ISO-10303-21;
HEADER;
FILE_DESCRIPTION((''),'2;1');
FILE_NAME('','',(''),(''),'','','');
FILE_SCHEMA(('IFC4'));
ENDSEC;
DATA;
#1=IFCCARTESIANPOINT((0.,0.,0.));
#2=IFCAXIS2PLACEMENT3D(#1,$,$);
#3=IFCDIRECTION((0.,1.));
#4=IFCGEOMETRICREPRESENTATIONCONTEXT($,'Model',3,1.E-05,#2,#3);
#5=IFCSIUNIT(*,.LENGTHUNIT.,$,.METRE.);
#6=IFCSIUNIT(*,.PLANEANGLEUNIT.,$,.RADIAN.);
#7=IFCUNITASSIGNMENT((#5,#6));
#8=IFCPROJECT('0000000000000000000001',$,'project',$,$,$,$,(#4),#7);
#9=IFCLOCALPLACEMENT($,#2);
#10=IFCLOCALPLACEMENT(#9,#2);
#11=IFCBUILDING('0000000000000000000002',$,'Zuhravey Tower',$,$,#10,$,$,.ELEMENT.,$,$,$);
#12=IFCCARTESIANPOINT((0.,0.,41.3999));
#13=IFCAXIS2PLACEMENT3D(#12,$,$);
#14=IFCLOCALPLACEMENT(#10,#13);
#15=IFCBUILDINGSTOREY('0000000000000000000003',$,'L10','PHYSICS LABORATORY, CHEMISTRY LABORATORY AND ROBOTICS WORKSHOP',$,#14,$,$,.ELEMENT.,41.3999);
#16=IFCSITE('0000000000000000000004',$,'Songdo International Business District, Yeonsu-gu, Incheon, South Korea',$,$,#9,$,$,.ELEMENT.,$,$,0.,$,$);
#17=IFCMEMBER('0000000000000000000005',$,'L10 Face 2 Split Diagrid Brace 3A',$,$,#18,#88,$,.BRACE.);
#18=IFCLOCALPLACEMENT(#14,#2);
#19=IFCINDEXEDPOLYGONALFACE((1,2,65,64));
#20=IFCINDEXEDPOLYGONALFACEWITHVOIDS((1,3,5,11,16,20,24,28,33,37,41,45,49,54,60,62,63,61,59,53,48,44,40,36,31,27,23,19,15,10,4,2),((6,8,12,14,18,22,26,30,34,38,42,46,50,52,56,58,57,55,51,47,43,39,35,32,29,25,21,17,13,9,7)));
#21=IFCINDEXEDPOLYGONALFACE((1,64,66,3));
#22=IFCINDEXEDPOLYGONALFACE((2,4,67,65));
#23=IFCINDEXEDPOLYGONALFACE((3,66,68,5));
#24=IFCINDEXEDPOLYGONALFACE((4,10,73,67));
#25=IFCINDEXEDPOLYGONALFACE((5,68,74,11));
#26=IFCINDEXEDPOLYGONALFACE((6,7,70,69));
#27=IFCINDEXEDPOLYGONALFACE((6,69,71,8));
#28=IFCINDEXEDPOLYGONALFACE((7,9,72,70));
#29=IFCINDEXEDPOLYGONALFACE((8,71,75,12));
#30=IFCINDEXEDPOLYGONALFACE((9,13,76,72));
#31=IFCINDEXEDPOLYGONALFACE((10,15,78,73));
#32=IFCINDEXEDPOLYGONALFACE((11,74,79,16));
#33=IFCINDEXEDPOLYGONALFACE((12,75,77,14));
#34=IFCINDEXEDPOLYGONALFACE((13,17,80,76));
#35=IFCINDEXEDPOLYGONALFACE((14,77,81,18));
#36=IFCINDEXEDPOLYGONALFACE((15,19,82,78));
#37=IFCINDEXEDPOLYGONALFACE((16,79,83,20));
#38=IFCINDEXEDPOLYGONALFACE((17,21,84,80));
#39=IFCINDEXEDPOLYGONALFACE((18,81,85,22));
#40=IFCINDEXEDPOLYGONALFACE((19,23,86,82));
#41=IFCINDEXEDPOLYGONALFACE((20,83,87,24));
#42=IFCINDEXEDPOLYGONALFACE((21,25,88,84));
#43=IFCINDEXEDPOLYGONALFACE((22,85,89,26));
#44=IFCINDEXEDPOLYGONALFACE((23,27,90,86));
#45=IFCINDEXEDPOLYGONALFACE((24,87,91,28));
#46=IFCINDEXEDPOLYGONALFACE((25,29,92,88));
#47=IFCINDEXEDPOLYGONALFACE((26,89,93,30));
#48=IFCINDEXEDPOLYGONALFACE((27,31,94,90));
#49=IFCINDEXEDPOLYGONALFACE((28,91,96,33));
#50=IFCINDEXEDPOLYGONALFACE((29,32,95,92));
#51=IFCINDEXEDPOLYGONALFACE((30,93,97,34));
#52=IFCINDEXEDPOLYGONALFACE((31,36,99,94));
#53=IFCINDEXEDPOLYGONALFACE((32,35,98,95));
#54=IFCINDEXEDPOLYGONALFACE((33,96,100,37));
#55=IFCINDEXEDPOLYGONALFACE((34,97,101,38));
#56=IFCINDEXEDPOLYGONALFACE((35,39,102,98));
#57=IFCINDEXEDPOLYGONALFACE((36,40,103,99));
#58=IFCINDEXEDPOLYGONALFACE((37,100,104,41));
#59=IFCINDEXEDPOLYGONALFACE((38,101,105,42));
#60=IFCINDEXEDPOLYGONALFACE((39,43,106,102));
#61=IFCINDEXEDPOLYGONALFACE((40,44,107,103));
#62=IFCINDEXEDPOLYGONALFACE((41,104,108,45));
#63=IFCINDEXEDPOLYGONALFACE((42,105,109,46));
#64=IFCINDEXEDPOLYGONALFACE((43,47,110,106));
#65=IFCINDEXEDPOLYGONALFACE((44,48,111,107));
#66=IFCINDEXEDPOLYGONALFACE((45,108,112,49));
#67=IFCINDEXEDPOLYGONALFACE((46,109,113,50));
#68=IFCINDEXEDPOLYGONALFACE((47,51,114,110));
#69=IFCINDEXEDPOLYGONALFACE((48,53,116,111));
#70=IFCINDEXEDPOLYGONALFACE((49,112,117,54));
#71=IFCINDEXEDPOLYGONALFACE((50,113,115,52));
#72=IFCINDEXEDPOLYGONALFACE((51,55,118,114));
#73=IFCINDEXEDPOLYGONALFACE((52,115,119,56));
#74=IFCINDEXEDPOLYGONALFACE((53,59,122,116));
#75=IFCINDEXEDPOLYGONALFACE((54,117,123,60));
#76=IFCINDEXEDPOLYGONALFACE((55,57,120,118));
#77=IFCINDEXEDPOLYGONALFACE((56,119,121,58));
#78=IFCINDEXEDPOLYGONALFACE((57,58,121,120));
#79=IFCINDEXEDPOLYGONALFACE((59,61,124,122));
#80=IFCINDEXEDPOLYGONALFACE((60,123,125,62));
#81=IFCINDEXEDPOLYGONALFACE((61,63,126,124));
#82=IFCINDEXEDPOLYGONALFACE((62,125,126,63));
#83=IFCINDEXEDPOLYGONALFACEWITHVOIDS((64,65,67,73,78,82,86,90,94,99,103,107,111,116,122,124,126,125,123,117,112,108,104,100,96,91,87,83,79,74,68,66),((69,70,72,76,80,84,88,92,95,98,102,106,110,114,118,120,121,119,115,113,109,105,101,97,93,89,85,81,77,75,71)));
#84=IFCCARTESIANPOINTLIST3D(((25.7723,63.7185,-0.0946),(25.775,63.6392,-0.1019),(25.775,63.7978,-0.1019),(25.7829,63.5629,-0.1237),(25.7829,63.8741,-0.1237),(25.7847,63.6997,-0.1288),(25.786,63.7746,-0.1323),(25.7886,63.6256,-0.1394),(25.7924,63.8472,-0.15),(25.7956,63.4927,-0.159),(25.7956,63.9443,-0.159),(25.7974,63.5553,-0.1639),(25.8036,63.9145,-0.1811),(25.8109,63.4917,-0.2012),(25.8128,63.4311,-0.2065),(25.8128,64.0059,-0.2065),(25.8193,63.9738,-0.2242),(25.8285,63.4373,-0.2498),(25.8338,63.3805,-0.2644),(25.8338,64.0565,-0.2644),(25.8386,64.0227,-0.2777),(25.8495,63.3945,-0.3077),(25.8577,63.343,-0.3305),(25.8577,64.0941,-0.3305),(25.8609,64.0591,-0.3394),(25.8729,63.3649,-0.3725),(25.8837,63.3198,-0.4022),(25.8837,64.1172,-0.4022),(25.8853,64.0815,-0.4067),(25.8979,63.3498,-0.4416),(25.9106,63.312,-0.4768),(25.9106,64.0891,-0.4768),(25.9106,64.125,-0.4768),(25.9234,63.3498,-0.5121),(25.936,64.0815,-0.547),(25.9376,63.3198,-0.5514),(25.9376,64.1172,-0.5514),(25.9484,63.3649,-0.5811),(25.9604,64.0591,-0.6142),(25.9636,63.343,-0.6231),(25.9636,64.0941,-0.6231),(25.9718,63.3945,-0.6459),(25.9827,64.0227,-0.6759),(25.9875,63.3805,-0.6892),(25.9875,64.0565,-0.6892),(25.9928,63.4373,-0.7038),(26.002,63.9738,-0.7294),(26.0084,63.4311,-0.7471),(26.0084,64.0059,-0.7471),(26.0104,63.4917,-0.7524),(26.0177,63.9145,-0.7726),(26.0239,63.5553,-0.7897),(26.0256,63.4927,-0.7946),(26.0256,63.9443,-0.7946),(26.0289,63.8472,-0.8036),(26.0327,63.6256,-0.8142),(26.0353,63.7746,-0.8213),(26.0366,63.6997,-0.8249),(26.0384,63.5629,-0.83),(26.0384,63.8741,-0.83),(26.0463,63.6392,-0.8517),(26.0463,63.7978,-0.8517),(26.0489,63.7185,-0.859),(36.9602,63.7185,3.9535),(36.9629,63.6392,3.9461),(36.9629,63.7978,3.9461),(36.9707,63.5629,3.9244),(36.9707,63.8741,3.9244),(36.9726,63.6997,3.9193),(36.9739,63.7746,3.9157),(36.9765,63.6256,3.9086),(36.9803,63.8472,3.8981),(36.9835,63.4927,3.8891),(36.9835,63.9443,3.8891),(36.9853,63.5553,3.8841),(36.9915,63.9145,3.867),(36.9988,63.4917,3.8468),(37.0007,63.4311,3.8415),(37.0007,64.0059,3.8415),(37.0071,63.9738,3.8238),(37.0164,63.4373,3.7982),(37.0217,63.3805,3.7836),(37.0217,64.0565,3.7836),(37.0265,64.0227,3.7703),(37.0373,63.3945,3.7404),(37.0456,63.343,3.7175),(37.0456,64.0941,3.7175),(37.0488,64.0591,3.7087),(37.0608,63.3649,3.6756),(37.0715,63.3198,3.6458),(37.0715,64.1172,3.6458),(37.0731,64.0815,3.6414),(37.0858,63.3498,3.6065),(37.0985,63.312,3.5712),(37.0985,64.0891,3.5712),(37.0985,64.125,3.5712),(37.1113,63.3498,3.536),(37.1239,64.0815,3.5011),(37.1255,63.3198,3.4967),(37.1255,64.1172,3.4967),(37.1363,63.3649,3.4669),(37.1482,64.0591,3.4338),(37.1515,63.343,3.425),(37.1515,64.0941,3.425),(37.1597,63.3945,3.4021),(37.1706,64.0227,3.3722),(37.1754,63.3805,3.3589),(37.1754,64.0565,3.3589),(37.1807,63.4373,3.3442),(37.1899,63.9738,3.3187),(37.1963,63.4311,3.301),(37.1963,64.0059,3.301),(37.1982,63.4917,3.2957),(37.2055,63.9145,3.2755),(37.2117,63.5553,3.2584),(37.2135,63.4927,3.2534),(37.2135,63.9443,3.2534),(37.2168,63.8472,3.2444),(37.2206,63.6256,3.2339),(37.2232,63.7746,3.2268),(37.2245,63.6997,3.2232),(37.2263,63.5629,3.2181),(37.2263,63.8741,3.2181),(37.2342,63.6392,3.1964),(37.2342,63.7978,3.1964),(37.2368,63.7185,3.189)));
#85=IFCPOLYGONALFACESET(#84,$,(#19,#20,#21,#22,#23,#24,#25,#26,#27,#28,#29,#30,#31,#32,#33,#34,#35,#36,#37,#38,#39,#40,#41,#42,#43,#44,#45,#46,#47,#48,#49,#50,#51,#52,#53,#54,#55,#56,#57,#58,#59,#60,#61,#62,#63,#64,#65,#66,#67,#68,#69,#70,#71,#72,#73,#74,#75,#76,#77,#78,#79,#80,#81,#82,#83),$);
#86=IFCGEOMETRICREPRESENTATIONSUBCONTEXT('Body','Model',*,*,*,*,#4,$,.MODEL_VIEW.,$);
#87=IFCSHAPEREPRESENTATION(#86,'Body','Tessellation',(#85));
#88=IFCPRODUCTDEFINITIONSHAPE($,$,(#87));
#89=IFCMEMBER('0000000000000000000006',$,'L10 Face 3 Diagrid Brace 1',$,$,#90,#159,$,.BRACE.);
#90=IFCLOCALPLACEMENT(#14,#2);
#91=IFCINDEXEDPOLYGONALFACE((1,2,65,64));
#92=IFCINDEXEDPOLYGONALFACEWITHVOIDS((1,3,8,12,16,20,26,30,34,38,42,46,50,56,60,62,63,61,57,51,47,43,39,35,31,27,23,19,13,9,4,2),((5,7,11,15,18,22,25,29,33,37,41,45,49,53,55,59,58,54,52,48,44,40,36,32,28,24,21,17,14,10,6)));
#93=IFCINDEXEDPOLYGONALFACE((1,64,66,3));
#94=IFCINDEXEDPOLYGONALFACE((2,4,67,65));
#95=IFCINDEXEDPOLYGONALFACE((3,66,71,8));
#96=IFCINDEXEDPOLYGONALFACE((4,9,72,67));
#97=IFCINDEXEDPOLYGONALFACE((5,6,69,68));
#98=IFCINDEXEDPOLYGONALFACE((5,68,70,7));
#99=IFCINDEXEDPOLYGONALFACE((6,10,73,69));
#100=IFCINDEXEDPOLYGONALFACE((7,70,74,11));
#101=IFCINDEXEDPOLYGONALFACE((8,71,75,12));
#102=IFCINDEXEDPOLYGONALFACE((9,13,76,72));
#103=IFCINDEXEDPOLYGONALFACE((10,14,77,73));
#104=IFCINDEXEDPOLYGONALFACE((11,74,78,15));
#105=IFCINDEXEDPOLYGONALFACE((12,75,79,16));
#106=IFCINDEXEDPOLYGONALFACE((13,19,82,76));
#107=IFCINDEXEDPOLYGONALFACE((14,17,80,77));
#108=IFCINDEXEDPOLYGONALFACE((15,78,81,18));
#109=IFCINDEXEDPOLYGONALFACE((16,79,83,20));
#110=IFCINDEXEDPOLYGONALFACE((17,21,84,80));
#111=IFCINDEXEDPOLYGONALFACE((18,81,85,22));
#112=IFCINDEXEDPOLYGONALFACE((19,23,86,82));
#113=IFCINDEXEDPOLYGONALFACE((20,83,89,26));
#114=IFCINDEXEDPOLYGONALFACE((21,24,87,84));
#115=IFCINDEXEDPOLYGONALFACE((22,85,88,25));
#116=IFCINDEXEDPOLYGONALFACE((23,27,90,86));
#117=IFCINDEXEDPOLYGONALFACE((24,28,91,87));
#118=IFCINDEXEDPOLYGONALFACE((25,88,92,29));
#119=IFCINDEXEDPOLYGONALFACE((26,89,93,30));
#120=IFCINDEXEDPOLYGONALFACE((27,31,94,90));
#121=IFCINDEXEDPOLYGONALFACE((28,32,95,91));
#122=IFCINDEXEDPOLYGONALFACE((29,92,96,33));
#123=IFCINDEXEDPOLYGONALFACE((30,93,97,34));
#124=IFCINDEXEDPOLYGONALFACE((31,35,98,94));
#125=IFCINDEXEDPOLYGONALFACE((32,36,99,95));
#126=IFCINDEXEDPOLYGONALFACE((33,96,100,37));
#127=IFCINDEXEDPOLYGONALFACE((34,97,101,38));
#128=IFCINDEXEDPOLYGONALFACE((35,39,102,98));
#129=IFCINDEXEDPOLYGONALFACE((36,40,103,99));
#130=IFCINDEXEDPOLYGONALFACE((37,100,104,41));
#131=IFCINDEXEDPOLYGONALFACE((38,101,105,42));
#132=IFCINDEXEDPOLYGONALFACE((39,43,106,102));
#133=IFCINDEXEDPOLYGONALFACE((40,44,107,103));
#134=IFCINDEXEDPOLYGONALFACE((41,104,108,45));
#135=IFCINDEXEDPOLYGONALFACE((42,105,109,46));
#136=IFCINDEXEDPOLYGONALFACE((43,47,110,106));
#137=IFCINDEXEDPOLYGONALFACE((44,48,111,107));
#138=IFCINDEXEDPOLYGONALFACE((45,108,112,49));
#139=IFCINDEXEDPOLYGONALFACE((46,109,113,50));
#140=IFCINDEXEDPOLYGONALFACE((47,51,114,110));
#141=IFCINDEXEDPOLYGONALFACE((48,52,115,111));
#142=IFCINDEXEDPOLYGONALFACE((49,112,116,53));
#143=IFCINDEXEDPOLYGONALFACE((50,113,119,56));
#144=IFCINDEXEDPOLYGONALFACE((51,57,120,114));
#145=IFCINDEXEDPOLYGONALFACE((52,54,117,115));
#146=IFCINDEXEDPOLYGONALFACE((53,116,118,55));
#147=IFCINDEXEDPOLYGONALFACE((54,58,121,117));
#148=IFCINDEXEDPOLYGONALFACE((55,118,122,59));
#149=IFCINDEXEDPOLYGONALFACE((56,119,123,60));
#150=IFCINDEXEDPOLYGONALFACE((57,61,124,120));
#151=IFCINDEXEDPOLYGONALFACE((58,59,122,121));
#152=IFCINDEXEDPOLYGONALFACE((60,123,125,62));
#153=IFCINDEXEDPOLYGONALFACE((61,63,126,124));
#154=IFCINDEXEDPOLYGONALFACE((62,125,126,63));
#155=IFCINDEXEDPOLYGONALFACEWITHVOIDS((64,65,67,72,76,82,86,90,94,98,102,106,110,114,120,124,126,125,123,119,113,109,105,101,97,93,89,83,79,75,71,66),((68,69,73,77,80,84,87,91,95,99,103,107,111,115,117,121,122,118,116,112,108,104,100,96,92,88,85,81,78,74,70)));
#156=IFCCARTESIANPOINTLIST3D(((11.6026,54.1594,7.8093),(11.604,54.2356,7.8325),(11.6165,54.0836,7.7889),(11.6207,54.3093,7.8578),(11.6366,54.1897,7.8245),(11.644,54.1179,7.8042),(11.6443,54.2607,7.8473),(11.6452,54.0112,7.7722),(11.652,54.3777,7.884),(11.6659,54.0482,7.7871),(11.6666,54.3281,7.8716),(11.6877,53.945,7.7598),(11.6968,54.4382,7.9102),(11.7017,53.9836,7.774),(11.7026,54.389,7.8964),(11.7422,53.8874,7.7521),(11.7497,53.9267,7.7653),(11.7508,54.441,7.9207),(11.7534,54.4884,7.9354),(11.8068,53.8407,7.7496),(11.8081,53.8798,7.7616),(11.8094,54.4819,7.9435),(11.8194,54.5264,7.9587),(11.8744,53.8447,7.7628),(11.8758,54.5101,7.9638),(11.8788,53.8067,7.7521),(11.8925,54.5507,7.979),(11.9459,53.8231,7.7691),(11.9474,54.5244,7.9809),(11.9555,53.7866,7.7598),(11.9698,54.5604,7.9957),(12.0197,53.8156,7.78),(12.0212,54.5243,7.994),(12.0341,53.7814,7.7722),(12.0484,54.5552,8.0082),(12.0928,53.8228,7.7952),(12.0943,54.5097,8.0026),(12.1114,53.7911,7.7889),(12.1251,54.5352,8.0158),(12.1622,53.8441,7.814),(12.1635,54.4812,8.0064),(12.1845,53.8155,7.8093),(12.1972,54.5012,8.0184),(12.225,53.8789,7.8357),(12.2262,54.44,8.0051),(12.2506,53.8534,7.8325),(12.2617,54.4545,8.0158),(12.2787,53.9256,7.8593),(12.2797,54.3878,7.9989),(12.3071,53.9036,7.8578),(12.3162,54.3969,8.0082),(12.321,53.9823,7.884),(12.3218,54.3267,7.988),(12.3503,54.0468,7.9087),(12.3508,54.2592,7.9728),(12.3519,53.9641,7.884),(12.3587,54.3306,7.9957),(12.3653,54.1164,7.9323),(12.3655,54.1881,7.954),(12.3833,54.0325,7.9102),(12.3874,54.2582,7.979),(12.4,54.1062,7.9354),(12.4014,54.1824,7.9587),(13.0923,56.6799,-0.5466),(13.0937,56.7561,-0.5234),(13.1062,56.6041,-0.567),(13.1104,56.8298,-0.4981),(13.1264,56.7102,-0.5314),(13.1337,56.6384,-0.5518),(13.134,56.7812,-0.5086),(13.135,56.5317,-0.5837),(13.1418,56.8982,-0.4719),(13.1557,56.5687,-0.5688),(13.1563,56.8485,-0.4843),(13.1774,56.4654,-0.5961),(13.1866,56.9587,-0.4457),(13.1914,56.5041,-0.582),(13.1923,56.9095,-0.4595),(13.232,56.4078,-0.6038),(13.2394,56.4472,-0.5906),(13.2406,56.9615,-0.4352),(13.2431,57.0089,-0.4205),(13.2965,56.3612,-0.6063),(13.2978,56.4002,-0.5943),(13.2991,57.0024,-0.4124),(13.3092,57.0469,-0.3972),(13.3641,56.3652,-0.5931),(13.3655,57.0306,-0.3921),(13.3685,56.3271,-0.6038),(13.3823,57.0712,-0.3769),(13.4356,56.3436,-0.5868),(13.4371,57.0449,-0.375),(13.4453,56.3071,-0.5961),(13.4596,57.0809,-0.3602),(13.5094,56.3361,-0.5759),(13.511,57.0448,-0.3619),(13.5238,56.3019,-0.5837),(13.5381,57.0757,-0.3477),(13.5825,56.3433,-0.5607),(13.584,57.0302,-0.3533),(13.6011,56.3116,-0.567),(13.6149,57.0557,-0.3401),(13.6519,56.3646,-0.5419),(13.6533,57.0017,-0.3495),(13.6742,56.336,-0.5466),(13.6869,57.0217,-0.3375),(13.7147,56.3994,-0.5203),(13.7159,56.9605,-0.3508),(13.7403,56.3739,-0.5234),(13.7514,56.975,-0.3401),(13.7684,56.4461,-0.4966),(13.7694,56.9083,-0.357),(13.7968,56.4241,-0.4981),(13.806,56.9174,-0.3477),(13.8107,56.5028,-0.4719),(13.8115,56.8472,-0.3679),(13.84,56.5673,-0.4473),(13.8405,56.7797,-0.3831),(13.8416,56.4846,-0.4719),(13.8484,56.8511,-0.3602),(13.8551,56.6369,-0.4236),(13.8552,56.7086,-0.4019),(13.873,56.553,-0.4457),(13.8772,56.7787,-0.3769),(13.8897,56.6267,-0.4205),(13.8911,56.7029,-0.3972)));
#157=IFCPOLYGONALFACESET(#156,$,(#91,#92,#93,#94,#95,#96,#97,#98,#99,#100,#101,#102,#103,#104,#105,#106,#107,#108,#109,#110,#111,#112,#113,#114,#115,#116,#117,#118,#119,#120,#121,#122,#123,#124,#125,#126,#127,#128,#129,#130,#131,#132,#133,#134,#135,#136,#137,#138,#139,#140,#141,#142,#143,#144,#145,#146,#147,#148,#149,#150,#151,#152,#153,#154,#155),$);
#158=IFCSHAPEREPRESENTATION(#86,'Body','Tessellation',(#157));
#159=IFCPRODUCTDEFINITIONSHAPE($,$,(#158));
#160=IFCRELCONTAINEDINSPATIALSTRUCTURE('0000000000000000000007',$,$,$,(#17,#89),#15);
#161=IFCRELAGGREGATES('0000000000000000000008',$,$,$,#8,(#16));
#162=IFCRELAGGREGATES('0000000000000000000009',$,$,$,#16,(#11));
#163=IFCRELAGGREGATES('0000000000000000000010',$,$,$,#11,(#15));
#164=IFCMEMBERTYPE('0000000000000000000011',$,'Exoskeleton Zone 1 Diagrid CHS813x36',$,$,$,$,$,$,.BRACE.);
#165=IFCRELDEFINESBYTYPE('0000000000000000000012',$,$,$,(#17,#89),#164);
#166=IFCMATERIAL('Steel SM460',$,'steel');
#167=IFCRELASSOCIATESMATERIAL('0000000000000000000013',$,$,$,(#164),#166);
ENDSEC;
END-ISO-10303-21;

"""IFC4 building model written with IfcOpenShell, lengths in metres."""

from ifc_helpers import new_model, si_unit, direction, frame, origin, origin_2d, place, context, subcontext, project, spatial, hollow_circle, extrude, material, material_profile, profile_set, type_object, element, save


model = new_model("IFC4")

# Units and contexts
model_context = context("Model", 3, precision=1e-05, world=origin(), true_north=direction((0.0, 1.0)))
body_context = subcontext(model_context, "Body", "Model", "MODEL_VIEW")
ifc_project = project(units=[si_unit("LENGTHUNIT", "METRE"), si_unit("PLANEANGLEUNIT", "RADIAN")], contexts=[model_context])

# Site, building, storey
site_placement = place(None, origin())
site = spatial("IfcSite", under=ifc_project, at=site_placement, Name="Songdo International Business District, Yeonsu-gu, Incheon, South Korea", CompositionType="ELEMENT", RefElevation=0.0)
building_placement = place(site_placement, origin())
building = spatial("IfcBuilding", under=site, at=building_placement, Name="Zuhravey Tower", CompositionType="ELEMENT")
storey_placement = place(building_placement, frame((0.0, 0.0, 41.3999)))
storey = spatial("IfcBuildingStorey", under=building, at=storey_placement, Name="L10", Description="PHYSICS LABORATORY, CHEMISTRY LABORATORY AND ROBOTICS WORKSHOP", CompositionType="ELEMENT", Elevation=41.3999)

# Members
ifc_material_1 = material(Name="Steel SM460", Category="steel")
ifc_material_profile_1 = material_profile(ifc_material_1, hollow_circle(Radius=0.4065, WallThickness=0.0359, at=origin_2d()), Name="CHS-812.8x36")
ifc_profile_set_1 = profile_set([ifc_material_profile_1], Name="Steel SM460")
member_type_1 = type_object("IfcMemberType", Name="Exoskeleton Zone 1 Diagrid CHS813x36", PredefinedType="BRACE", material=ifc_profile_set_1)
member_1_placement = place(storey_placement, frame((25.9106, 63.7185, -0.4768), z_axis=(0.940339, 0.0, 0.340238), x_axis=(0.0, 1.0, 0.0)))
element("IfcMember", 1, at=member_1_placement, inside=storey, type_object=member_type_1, Name="L10 Face 2 Split Diagrid Brace 3A", PredefinedType="BRACE", context=body_context, shape_type="SweptSolid", body=[
    extrude(hollow_circle(Radius=0.4065, WallThickness=0.0359, at=origin_2d()), origin(), (0.0, 0.0, 1.0), 11.8977),
])
member_2_placement = place(storey_placement, frame((13.4917, 56.6914, -0.4719), z_axis=(-0.168256, -0.284673, 0.943743), x_axis=(0.860873, -0.508819, 0.0)))
element("IfcMember", 2, at=member_2_placement, inside=storey, type_object=member_type_1, Name="L10 Face 3 Diagrid Brace 1", PredefinedType="BRACE", context=body_context, shape_type="SweptSolid", body=[
    extrude(hollow_circle(Radius=0.4065, WallThickness=0.0359, at=origin_2d()), origin(), (0.0, 0.0, 1.0), 8.854),
])

save(model, "model.ifc")
